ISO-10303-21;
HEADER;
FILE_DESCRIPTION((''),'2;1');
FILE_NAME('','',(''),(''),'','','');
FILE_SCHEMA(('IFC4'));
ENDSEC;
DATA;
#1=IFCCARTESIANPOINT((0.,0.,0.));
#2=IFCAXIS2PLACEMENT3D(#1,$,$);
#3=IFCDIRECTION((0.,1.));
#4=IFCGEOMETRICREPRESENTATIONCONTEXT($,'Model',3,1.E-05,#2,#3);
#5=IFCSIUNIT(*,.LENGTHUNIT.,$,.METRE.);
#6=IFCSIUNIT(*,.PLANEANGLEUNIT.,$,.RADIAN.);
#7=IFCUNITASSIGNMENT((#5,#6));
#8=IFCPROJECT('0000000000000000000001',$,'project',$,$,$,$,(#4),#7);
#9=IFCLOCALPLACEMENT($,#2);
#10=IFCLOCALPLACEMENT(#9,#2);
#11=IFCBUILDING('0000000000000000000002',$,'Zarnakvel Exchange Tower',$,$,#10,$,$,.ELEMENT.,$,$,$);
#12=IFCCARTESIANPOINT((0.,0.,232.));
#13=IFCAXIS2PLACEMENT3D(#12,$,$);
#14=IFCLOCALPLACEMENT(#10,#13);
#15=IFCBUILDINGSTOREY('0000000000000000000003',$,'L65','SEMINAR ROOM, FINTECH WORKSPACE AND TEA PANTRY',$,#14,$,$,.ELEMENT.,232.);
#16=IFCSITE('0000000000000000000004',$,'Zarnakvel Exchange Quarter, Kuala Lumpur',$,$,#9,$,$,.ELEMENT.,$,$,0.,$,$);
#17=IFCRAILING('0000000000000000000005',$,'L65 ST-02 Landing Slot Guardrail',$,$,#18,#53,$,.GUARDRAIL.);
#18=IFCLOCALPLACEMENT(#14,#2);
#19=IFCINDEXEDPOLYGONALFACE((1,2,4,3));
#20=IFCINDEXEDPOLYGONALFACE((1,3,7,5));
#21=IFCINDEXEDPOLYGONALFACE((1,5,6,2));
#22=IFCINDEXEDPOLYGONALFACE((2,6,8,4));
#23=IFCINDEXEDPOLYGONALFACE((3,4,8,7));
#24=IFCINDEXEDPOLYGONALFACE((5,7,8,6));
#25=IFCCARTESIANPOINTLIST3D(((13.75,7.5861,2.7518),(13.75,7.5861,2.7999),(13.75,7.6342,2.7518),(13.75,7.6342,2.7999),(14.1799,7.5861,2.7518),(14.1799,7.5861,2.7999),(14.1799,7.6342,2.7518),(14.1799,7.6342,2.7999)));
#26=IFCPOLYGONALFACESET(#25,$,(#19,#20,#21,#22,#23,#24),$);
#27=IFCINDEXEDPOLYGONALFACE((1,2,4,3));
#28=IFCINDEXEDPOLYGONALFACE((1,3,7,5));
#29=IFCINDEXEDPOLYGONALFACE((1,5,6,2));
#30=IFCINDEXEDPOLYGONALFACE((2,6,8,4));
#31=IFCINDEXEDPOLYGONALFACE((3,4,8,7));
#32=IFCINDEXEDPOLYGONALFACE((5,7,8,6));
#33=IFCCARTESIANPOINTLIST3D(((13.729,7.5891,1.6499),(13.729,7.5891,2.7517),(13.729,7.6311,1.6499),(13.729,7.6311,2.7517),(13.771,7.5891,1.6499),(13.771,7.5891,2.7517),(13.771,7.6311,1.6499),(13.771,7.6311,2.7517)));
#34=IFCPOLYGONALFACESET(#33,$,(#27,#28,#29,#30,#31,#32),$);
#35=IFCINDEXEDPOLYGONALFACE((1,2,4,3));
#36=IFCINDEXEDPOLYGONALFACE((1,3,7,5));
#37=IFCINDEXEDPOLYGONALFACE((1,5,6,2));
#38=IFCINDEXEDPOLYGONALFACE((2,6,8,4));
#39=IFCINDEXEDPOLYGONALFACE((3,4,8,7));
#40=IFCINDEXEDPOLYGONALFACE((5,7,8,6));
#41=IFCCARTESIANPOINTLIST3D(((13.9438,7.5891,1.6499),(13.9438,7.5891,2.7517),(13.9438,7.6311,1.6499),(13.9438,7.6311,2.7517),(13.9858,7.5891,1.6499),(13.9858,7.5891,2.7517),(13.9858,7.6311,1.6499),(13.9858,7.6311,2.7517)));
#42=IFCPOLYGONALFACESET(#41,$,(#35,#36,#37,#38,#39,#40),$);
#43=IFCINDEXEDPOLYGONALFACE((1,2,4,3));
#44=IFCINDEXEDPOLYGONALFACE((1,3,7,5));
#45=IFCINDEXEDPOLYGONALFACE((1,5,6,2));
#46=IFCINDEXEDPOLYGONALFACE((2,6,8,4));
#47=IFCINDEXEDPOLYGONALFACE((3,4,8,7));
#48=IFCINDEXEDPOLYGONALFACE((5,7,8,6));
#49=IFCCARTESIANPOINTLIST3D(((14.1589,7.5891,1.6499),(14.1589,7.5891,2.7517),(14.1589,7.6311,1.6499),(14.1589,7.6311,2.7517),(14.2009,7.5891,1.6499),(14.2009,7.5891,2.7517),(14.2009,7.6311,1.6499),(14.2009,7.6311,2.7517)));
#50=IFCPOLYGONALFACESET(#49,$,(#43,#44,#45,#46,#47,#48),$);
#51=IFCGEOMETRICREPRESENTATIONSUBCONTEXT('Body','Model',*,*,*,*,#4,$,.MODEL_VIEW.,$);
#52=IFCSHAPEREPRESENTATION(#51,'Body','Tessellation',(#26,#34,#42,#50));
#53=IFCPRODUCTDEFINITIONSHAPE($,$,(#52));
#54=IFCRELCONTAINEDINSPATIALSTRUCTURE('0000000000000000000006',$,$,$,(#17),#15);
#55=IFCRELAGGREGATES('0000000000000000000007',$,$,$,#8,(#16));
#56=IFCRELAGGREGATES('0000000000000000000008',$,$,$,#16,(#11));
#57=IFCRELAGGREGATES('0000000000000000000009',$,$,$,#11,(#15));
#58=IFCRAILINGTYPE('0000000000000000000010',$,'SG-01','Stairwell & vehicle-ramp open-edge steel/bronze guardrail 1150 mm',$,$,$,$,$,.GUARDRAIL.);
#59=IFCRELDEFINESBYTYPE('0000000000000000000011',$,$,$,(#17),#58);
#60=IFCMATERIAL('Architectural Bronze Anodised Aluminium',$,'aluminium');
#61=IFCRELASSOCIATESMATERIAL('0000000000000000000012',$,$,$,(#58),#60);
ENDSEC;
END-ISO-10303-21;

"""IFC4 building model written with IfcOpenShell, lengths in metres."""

from ifc_helpers import new_model, si_unit, direction, frame, origin, origin_2d, place, context, subcontext, project, spatial, rectangle, extrude, material, type_object, element, save


model = new_model("IFC4")

# Units and contexts
model_context = context("Model", 3, precision=1e-05, world=origin(), true_north=direction((0.0, 1.0)))
body_context = subcontext(model_context, "Body", "Model", "MODEL_VIEW")
ifc_project = project(units=[si_unit("LENGTHUNIT", "METRE"), si_unit("PLANEANGLEUNIT", "RADIAN")], contexts=[model_context])

# Site, building, storey
site_placement = place(None, origin())
site = spatial("IfcSite", under=ifc_project, at=site_placement, Name="Zarnakvel Exchange Quarter, Kuala Lumpur", CompositionType="ELEMENT", RefElevation=0.0)
building_placement = place(site_placement, origin())
building = spatial("IfcBuilding", under=site, at=building_placement, Name="Zarnakvel Exchange Tower", CompositionType="ELEMENT")
storey_placement = place(building_placement, frame((0.0, 0.0, 232.0)))
storey = spatial("IfcBuildingStorey", under=building, at=storey_placement, Name="L65", Description="SEMINAR ROOM, FINTECH WORKSPACE AND TEA PANTRY", CompositionType="ELEMENT", Elevation=232.0)

# Shared definitions
ifc_material_1 = material(Name="Architectural Bronze Anodised Aluminium", Category="aluminium")

# Railing
railing_type_1 = type_object("IfcRailingType", Name="SG-01", Description="Stairwell & vehicle-ramp open-edge steel/bronze guardrail 1150 mm", PredefinedType="GUARDRAIL", material=ifc_material_1)
railing_1_placement = place(storey_placement, frame((13.75, 7.6101, 1.6499)))
element("IfcRailing", 1, at=railing_1_placement, inside=storey, type_object=railing_type_1, Name="L65 ST-02 Landing Slot Guardrail", PredefinedType="GUARDRAIL", context=body_context, shape_type="SweptSolid", body=[
    extrude(rectangle(XDim=0.0481, YDim=0.0481, at=origin_2d()), frame((0.0, 0.0, 1.126), z_axis=(1.0, 0.0, 0.0), x_axis=(0.0, 1.0, 0.0)), (0.0, 0.0, 1.0), 0.4299),
    extrude(rectangle(XDim=0.042, YDim=0.042, at=origin_2d()), origin(), (0.0, 0.0, 1.0), 1.1018),
    extrude(rectangle(XDim=0.042, YDim=0.042, at=origin_2d()), frame((0.2148, 0.0, 0.0)), (0.0, 0.0, 1.0), 1.1018),
    extrude(rectangle(XDim=0.042, YDim=0.042, at=origin_2d()), frame((0.4299, 0.0, 0.0)), (0.0, 0.0, 1.0), 1.1018),
])

save(model, "model.ifc")
